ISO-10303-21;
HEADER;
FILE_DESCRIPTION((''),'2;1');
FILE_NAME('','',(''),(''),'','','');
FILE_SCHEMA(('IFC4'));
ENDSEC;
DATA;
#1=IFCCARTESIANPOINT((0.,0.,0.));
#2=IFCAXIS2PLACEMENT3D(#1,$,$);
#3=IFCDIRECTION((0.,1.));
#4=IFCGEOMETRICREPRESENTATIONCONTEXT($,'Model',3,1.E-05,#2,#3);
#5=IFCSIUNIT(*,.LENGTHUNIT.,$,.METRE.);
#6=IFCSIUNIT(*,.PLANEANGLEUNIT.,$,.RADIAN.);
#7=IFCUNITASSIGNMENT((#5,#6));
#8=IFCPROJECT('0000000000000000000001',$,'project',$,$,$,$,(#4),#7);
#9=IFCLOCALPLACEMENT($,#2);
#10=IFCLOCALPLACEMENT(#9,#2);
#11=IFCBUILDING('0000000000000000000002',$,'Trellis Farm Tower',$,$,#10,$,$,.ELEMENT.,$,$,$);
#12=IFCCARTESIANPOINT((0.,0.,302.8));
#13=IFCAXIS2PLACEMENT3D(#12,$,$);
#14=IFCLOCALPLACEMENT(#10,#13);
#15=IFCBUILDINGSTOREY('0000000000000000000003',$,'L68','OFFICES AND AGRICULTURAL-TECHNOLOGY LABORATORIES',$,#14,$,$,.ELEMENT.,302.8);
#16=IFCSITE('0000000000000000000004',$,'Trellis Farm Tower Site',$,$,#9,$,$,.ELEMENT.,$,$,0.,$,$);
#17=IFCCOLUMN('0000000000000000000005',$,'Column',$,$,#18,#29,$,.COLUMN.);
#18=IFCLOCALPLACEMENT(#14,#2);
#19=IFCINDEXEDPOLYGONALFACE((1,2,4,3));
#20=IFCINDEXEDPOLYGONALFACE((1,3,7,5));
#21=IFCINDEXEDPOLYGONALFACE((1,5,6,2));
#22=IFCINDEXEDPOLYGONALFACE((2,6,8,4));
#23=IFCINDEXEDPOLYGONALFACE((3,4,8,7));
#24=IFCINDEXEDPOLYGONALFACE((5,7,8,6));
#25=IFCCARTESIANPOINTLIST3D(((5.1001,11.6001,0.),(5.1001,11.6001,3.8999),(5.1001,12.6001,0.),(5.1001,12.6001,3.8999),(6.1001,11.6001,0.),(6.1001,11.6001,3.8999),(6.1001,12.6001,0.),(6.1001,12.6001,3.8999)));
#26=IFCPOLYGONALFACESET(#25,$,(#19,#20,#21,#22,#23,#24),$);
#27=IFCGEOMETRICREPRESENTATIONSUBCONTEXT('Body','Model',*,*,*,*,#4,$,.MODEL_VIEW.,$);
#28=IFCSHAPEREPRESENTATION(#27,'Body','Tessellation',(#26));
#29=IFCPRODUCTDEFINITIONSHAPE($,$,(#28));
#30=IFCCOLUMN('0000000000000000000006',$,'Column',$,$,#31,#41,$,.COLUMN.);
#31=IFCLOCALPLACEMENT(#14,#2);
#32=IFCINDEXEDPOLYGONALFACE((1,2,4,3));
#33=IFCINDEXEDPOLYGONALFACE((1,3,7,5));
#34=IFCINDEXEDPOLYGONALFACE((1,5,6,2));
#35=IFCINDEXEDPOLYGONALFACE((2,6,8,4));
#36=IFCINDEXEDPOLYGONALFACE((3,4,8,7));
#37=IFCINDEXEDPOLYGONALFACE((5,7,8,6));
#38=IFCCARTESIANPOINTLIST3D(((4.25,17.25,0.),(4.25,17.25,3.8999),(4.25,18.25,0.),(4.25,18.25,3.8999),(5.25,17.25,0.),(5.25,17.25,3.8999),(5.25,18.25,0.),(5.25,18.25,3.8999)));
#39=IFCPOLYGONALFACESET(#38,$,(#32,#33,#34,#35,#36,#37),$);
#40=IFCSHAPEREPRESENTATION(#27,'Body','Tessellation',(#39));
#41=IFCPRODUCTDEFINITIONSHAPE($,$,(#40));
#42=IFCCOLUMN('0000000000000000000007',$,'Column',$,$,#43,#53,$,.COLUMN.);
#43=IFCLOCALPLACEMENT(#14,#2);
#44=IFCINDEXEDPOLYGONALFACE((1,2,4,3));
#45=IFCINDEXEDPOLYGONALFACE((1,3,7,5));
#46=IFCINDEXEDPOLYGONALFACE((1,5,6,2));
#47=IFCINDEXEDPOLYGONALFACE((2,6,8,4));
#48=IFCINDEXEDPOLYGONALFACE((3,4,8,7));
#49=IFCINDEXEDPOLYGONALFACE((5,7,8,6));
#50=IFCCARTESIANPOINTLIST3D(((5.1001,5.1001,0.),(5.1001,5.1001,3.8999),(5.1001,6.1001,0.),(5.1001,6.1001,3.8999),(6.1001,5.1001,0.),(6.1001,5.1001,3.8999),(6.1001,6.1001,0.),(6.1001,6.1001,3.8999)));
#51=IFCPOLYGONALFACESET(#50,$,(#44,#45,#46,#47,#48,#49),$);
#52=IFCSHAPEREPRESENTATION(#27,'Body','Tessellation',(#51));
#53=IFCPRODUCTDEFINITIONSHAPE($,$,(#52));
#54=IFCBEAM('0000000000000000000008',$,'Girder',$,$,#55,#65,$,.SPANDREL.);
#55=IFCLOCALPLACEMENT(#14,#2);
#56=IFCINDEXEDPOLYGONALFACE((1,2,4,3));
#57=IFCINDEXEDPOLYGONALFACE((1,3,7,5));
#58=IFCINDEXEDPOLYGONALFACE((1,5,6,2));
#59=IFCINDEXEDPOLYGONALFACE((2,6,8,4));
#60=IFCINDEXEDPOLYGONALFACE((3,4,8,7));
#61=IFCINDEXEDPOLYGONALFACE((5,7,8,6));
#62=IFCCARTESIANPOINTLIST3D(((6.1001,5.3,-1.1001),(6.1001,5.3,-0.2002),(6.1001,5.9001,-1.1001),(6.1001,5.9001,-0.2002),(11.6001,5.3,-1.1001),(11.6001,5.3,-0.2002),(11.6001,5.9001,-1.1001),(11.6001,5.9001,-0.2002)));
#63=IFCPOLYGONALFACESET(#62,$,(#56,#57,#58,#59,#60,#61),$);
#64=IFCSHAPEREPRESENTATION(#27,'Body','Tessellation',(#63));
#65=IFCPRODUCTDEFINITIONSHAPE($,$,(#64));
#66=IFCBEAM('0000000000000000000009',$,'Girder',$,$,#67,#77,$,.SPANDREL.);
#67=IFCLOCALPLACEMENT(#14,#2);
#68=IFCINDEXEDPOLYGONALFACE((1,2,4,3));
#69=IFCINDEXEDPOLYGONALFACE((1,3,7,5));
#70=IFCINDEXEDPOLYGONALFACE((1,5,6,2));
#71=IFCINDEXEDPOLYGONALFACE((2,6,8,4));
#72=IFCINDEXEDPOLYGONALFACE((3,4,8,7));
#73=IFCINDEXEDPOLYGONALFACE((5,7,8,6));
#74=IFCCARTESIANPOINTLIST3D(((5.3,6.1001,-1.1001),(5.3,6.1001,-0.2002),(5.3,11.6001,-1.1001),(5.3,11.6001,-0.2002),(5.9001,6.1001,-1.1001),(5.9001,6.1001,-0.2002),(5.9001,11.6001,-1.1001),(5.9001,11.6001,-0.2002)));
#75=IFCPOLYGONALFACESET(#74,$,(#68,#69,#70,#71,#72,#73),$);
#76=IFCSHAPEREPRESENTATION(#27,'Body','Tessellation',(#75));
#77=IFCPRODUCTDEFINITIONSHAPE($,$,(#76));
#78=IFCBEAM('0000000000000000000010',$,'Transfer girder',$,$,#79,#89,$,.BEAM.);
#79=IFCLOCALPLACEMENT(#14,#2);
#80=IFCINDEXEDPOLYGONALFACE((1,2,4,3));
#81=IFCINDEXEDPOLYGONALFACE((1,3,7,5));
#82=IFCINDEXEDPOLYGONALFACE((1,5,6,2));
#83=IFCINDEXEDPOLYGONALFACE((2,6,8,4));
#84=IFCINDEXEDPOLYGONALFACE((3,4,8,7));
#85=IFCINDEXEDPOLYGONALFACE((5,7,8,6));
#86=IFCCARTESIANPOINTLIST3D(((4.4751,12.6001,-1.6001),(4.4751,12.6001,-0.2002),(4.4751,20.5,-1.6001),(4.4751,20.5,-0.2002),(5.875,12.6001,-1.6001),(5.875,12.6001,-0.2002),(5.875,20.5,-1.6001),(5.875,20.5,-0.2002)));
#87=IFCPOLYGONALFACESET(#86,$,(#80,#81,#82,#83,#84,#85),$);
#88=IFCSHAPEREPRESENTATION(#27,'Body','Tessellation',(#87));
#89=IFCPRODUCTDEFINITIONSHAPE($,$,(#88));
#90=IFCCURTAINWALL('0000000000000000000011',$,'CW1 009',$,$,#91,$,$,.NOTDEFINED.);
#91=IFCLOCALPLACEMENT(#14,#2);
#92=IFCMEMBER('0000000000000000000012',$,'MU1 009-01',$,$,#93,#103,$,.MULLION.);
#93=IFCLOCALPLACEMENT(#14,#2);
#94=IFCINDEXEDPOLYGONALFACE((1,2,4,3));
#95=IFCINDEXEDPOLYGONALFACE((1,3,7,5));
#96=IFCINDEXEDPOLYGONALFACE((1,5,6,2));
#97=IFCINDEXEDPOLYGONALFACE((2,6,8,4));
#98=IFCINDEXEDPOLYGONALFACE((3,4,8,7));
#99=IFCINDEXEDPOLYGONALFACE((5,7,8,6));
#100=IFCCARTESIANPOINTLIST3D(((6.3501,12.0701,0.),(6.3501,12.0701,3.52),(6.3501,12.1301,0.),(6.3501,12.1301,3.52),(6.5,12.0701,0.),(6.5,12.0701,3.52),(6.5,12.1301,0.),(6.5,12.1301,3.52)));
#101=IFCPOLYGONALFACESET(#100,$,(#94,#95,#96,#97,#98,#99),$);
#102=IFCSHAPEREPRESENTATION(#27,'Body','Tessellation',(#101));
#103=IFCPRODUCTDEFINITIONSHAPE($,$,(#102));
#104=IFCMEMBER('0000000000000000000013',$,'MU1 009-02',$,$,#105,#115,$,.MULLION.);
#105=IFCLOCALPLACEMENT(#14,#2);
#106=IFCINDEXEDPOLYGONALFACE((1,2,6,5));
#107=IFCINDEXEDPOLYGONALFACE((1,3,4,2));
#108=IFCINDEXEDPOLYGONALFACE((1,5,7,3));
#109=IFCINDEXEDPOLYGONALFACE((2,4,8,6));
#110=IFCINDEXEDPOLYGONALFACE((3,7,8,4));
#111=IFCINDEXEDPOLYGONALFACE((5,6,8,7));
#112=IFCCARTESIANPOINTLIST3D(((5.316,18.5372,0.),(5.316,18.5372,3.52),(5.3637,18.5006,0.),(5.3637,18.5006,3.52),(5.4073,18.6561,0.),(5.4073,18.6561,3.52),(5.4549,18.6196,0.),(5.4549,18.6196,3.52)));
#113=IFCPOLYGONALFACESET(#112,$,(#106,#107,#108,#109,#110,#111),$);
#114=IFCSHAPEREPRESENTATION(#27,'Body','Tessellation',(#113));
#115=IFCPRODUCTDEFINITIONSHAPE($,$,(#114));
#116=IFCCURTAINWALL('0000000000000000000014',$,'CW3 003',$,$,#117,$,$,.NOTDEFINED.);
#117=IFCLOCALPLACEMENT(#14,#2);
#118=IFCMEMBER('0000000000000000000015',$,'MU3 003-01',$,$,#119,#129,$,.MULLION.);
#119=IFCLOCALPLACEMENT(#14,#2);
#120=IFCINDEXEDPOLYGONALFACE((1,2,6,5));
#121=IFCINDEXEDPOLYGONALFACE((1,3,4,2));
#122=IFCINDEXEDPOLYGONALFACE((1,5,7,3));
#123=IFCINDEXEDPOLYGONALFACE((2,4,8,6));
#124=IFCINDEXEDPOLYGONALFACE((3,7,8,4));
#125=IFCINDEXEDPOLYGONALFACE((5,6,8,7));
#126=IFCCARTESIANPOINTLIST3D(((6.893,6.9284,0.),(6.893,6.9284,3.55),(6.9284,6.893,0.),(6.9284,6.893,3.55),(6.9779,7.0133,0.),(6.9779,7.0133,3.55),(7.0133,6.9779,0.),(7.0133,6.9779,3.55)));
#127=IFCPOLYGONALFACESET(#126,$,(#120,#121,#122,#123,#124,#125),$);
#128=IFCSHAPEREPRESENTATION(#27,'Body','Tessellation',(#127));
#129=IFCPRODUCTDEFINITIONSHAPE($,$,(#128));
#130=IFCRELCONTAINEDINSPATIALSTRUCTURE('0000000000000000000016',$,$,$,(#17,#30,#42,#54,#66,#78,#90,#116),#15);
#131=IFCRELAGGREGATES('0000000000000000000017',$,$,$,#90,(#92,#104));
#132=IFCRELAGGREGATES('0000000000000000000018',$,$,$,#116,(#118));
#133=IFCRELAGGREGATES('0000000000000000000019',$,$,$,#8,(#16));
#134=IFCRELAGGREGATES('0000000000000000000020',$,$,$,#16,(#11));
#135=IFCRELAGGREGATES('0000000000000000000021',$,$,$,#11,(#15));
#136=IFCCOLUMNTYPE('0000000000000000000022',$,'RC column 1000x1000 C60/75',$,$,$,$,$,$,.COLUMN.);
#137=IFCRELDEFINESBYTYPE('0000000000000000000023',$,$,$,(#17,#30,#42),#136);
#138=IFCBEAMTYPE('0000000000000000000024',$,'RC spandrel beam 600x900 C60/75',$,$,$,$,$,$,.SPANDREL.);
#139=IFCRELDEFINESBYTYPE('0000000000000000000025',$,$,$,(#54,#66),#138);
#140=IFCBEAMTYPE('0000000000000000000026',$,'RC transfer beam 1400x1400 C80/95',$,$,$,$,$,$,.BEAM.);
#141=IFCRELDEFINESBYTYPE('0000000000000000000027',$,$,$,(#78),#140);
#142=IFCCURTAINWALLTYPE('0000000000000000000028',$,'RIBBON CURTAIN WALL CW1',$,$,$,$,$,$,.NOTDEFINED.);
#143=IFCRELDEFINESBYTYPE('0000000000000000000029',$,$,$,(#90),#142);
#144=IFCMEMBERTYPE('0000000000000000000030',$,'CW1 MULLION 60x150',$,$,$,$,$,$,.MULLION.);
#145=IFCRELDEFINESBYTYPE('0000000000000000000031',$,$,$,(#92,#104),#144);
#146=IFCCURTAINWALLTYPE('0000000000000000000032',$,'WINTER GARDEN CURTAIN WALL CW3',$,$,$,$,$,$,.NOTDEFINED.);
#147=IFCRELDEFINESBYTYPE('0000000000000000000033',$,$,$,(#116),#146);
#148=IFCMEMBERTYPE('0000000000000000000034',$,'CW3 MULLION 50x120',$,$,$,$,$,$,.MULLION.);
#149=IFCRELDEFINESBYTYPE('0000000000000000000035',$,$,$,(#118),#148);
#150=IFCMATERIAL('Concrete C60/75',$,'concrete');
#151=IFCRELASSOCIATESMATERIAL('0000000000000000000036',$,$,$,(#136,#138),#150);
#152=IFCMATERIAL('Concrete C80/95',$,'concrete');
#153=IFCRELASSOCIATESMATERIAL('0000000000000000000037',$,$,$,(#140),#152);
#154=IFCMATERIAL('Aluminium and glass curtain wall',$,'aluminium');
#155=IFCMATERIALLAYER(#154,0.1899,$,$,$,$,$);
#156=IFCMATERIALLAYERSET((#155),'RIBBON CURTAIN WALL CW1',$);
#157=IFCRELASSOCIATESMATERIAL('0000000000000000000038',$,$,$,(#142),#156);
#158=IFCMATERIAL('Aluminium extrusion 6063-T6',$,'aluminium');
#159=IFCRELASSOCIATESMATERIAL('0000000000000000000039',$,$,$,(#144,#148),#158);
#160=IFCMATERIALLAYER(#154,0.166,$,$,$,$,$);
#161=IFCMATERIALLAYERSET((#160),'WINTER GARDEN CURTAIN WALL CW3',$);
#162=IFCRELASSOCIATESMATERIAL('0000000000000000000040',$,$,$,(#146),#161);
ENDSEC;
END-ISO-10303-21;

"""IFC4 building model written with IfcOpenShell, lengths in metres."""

from ifc_helpers import new_model, si_unit, direction, frame, origin, origin_2d, place, context, subcontext, project, spatial, rectangle, extrude, source, transform, mapped, material, layer, layer_set, material_profile, profile_set, type_object, element, aggregate, save


model = new_model("IFC4")

# Units and contexts
model_context = context("Model", 3, precision=1e-05, world=origin(), true_north=direction((0.0, 1.0)))
body_context = subcontext(model_context, "Body", "Model", "MODEL_VIEW")
ifc_project = project(units=[si_unit("LENGTHUNIT", "METRE"), si_unit("PLANEANGLEUNIT", "RADIAN")], contexts=[model_context])

# Site, building, storey
site_placement = place(None, origin())
site = spatial("IfcSite", under=ifc_project, at=site_placement, Name="Trellis Farm Tower Site", CompositionType="ELEMENT", RefElevation=0.0)
building_placement = place(site_placement, origin())
building = spatial("IfcBuilding", under=site, at=building_placement, Name="Trellis Farm Tower", CompositionType="ELEMENT")
storey_placement = place(building_placement, frame((0.0, 0.0, 302.8)))
storey = spatial("IfcBuildingStorey", under=building, at=storey_placement, Name="L68", Description="OFFICES AND AGRICULTURAL-TECHNOLOGY LABORATORIES", CompositionType="ELEMENT", Elevation=302.8)

# Columns
ifc_material_1 = material(Name="Concrete C60/75", Category="concrete")
ifc_material_profile_1 = material_profile(ifc_material_1, rectangle(XDim=1.0, YDim=1.0, at=origin_2d()), Name="RC column 1000x1000 C60/75")
ifc_profile_set_1 = profile_set([ifc_material_profile_1], Name="Concrete C60/75")
column_type = type_object("IfcColumnType", Name="RC column 1000x1000 C60/75", PredefinedType="COLUMN", material=ifc_profile_set_1)
shared_shape_1 = source(origin(), body_context, "Body", "SweptSolid", [
    extrude(rectangle(XDim=1.0, YDim=1.0, at=origin_2d()), origin(), (0.0, 0.0, 1.0), 3.8999),
])
for number, where, z_axis, x_axis, name in (
    (1, (5.6001, 12.1001, 0.0), (0.0, 0.0, 1.0), (1.0, 0.0, 0.0), "Column"),
    (2, (4.75, 17.75, 0.0), (0.0, 0.0, 1.0), (1.0, 0.0, 0.0), "Column"),
    (3, (5.6001, 5.6001, 0.0), (0.0, 0.0, 1.0), (1.0, 0.0, 0.0), "Column"),
):
    element("IfcColumn", number, at=place(storey_placement, frame(where, z_axis=z_axis, x_axis=x_axis)), inside=storey, type_object=column_type, Name=name, PredefinedType="COLUMN", context=body_context, shape_type="MappedRepresentation", body=[
        mapped(shared_shape_1, transform((0.0, 0.0, 0.0))),
    ])

# Beams
ifc_material_profile_2 = material_profile(ifc_material_1, rectangle(XDim=0.6001, YDim=0.8999, at=origin_2d()), Name="RC spandrel beam 600x900 C60/75")
ifc_profile_set_2 = profile_set([ifc_material_profile_2], Name="Concrete C60/75")
beam_type_1 = type_object("IfcBeamType", Name="RC spandrel beam 600x900 C60/75", PredefinedType="SPANDREL", material=ifc_profile_set_2)
shared_shape_2 = source(origin(), body_context, "Body", "SweptSolid", [
    extrude(rectangle(XDim=0.6001, YDim=0.8999, at=origin_2d()), origin(), (0.0, 0.0, 1.0), 5.5),
])
for number, where, z_axis, x_axis, name in (
    (4, (6.1001, 5.6001, -0.6501), (1.0, 0.0, 0.0), (0.0, 1.0, 0.0), "Girder"),
    (5, (5.6001, 6.1001, -0.6501), (0.0, 1.0, 0.0), (-1.0, 0.0, 0.0), "Girder"),
):
    element("IfcBeam", number, at=place(storey_placement, frame(where, z_axis=z_axis, x_axis=x_axis)), inside=storey, type_object=beam_type_1, Name=name, PredefinedType="SPANDREL", context=body_context, shape_type="MappedRepresentation", body=[
        mapped(shared_shape_2, transform((0.0, 0.0, 0.0))),
    ])
ifc_material_2 = material(Name="Concrete C80/95", Category="concrete")
ifc_material_profile_3 = material_profile(ifc_material_2, rectangle(XDim=1.3999, YDim=1.3999, at=origin_2d()), Name="RC transfer beam 1400x1400 C80/95")
ifc_profile_set_3 = profile_set([ifc_material_profile_3], Name="Concrete C80/95")
beam_type_2 = type_object("IfcBeamType", Name="RC transfer beam 1400x1400 C80/95", PredefinedType="BEAM", material=ifc_profile_set_3)
shared_shape_3 = source(origin(), body_context, "Body", "SweptSolid", [
    extrude(rectangle(XDim=1.3999, YDim=1.3999, at=origin_2d()), origin(), (0.0, 0.0, 1.0), 7.8999),
])
beam_placement = place(storey_placement, frame((5.175, 12.6001, -0.9001), z_axis=(0.0, 1.0, 0.0), x_axis=(-1.0, 0.0, 0.0)))
element("IfcBeam", 6, at=beam_placement, inside=storey, type_object=beam_type_2, Name="Transfer girder", PredefinedType="BEAM", context=body_context, shape_type="MappedRepresentation", body=[
    mapped(shared_shape_3, transform((0.0, 0.0, 0.0))),
])

# Curtain wall, members
ifc_material_3 = material(Name="Aluminium and glass curtain wall", Category="aluminium")
ifc_layer_1 = layer(ifc_material_3, 0.1899)
ifc_layer_set_1 = layer_set([ifc_layer_1], Name="RIBBON CURTAIN WALL CW1")
curtain_wall_type_1 = type_object("IfcCurtainWallType", Name="RIBBON CURTAIN WALL CW1", PredefinedType="NOTDEFINED", material=ifc_layer_set_1)
placement = place(storey_placement, origin())
curtain_wall_1 = element("IfcCurtainWall", 7, at=placement, inside=storey, type_object=curtain_wall_type_1, Name="CW1 009", PredefinedType="NOTDEFINED")
ifc_material_4 = material(Name="Aluminium extrusion 6063-T6", Category="aluminium")
ifc_material_profile_4 = material_profile(ifc_material_4, rectangle(XDim=0.0601, YDim=0.1499, at=origin_2d()), Name="MULLION 60x150")
ifc_profile_set_4 = profile_set([ifc_material_profile_4], Name="Aluminium extrusion 6063-T6")
member_type_1 = type_object("IfcMemberType", Name="CW1 MULLION 60x150", PredefinedType="MULLION", material=ifc_profile_set_4)
shared_shape_4 = source(origin(), body_context, "Body", "SweptSolid", [
    extrude(rectangle(XDim=0.0601, YDim=0.1499, at=origin_2d()), origin(), (0.0, 0.0, 1.0), 3.52),
])
member_1_placement = place(storey_placement, frame((6.425, 12.1001, 0.0), z_axis=(0.0, 0.0, 1.0), x_axis=(0.0, 1.0, 0.0)))
member_1 = element("IfcMember", 8, at=member_1_placement, type_object=member_type_1, Name="MU1 009-01", PredefinedType="MULLION", context=body_context, shape_type="MappedRepresentation", body=[
    mapped(shared_shape_4, transform((0.0, 0.0, 0.0))),
])
member_2_placement = place(storey_placement, frame((5.3855, 18.5784, 0.0), z_axis=(0.0, 0.0, 1.0), x_axis=(-0.793353, 0.608761, 0.0)))
member_2 = element("IfcMember", 9, at=member_2_placement, type_object=member_type_1, Name="MU1 009-02", PredefinedType="MULLION", context=body_context, shape_type="MappedRepresentation", body=[
    mapped(shared_shape_4, transform((0.0, 0.0, 0.0))),
])
aggregate(curtain_wall_1, [member_1, member_2])

# Curtain wall, member
ifc_layer_2 = layer(ifc_material_3, 0.166)
ifc_layer_set_2 = layer_set([ifc_layer_2], Name="WINTER GARDEN CURTAIN WALL CW3")
curtain_wall_type_2 = type_object("IfcCurtainWallType", Name="WINTER GARDEN CURTAIN WALL CW3", PredefinedType="NOTDEFINED", material=ifc_layer_set_2)
curtain_wall_2 = element("IfcCurtainWall", 10, at=placement, inside=storey, type_object=curtain_wall_type_2, Name="CW3 003", PredefinedType="NOTDEFINED")
ifc_material_profile_5 = material_profile(ifc_material_4, rectangle(XDim=0.05, YDim=0.1201, at=origin_2d()), Name="MULLION 50x120")
ifc_profile_set_5 = profile_set([ifc_material_profile_5], Name="Aluminium extrusion 6063-T6")
member_type_2 = type_object("IfcMemberType", Name="CW3 MULLION 50x120", PredefinedType="MULLION", material=ifc_profile_set_5)
shared_shape_5 = source(origin(), body_context, "Body", "SweptSolid", [
    extrude(rectangle(XDim=0.05, YDim=0.1201, at=origin_2d()), origin(), (0.0, 0.0, 1.0), 3.55),
])
member_3_placement = place(storey_placement, frame((6.9531, 6.9531, 0.0), z_axis=(0.0, 0.0, 1.0), x_axis=(-0.707107, 0.707107, 0.0)))
member_3 = element("IfcMember", 11, at=member_3_placement, type_object=member_type_2, Name="MU3 003-01", PredefinedType="MULLION", context=body_context, shape_type="MappedRepresentation", body=[
    mapped(shared_shape_5, transform((0.0, 0.0, 0.0))),
])
aggregate(curtain_wall_2, [member_3])

save(model, "model.ifc")
